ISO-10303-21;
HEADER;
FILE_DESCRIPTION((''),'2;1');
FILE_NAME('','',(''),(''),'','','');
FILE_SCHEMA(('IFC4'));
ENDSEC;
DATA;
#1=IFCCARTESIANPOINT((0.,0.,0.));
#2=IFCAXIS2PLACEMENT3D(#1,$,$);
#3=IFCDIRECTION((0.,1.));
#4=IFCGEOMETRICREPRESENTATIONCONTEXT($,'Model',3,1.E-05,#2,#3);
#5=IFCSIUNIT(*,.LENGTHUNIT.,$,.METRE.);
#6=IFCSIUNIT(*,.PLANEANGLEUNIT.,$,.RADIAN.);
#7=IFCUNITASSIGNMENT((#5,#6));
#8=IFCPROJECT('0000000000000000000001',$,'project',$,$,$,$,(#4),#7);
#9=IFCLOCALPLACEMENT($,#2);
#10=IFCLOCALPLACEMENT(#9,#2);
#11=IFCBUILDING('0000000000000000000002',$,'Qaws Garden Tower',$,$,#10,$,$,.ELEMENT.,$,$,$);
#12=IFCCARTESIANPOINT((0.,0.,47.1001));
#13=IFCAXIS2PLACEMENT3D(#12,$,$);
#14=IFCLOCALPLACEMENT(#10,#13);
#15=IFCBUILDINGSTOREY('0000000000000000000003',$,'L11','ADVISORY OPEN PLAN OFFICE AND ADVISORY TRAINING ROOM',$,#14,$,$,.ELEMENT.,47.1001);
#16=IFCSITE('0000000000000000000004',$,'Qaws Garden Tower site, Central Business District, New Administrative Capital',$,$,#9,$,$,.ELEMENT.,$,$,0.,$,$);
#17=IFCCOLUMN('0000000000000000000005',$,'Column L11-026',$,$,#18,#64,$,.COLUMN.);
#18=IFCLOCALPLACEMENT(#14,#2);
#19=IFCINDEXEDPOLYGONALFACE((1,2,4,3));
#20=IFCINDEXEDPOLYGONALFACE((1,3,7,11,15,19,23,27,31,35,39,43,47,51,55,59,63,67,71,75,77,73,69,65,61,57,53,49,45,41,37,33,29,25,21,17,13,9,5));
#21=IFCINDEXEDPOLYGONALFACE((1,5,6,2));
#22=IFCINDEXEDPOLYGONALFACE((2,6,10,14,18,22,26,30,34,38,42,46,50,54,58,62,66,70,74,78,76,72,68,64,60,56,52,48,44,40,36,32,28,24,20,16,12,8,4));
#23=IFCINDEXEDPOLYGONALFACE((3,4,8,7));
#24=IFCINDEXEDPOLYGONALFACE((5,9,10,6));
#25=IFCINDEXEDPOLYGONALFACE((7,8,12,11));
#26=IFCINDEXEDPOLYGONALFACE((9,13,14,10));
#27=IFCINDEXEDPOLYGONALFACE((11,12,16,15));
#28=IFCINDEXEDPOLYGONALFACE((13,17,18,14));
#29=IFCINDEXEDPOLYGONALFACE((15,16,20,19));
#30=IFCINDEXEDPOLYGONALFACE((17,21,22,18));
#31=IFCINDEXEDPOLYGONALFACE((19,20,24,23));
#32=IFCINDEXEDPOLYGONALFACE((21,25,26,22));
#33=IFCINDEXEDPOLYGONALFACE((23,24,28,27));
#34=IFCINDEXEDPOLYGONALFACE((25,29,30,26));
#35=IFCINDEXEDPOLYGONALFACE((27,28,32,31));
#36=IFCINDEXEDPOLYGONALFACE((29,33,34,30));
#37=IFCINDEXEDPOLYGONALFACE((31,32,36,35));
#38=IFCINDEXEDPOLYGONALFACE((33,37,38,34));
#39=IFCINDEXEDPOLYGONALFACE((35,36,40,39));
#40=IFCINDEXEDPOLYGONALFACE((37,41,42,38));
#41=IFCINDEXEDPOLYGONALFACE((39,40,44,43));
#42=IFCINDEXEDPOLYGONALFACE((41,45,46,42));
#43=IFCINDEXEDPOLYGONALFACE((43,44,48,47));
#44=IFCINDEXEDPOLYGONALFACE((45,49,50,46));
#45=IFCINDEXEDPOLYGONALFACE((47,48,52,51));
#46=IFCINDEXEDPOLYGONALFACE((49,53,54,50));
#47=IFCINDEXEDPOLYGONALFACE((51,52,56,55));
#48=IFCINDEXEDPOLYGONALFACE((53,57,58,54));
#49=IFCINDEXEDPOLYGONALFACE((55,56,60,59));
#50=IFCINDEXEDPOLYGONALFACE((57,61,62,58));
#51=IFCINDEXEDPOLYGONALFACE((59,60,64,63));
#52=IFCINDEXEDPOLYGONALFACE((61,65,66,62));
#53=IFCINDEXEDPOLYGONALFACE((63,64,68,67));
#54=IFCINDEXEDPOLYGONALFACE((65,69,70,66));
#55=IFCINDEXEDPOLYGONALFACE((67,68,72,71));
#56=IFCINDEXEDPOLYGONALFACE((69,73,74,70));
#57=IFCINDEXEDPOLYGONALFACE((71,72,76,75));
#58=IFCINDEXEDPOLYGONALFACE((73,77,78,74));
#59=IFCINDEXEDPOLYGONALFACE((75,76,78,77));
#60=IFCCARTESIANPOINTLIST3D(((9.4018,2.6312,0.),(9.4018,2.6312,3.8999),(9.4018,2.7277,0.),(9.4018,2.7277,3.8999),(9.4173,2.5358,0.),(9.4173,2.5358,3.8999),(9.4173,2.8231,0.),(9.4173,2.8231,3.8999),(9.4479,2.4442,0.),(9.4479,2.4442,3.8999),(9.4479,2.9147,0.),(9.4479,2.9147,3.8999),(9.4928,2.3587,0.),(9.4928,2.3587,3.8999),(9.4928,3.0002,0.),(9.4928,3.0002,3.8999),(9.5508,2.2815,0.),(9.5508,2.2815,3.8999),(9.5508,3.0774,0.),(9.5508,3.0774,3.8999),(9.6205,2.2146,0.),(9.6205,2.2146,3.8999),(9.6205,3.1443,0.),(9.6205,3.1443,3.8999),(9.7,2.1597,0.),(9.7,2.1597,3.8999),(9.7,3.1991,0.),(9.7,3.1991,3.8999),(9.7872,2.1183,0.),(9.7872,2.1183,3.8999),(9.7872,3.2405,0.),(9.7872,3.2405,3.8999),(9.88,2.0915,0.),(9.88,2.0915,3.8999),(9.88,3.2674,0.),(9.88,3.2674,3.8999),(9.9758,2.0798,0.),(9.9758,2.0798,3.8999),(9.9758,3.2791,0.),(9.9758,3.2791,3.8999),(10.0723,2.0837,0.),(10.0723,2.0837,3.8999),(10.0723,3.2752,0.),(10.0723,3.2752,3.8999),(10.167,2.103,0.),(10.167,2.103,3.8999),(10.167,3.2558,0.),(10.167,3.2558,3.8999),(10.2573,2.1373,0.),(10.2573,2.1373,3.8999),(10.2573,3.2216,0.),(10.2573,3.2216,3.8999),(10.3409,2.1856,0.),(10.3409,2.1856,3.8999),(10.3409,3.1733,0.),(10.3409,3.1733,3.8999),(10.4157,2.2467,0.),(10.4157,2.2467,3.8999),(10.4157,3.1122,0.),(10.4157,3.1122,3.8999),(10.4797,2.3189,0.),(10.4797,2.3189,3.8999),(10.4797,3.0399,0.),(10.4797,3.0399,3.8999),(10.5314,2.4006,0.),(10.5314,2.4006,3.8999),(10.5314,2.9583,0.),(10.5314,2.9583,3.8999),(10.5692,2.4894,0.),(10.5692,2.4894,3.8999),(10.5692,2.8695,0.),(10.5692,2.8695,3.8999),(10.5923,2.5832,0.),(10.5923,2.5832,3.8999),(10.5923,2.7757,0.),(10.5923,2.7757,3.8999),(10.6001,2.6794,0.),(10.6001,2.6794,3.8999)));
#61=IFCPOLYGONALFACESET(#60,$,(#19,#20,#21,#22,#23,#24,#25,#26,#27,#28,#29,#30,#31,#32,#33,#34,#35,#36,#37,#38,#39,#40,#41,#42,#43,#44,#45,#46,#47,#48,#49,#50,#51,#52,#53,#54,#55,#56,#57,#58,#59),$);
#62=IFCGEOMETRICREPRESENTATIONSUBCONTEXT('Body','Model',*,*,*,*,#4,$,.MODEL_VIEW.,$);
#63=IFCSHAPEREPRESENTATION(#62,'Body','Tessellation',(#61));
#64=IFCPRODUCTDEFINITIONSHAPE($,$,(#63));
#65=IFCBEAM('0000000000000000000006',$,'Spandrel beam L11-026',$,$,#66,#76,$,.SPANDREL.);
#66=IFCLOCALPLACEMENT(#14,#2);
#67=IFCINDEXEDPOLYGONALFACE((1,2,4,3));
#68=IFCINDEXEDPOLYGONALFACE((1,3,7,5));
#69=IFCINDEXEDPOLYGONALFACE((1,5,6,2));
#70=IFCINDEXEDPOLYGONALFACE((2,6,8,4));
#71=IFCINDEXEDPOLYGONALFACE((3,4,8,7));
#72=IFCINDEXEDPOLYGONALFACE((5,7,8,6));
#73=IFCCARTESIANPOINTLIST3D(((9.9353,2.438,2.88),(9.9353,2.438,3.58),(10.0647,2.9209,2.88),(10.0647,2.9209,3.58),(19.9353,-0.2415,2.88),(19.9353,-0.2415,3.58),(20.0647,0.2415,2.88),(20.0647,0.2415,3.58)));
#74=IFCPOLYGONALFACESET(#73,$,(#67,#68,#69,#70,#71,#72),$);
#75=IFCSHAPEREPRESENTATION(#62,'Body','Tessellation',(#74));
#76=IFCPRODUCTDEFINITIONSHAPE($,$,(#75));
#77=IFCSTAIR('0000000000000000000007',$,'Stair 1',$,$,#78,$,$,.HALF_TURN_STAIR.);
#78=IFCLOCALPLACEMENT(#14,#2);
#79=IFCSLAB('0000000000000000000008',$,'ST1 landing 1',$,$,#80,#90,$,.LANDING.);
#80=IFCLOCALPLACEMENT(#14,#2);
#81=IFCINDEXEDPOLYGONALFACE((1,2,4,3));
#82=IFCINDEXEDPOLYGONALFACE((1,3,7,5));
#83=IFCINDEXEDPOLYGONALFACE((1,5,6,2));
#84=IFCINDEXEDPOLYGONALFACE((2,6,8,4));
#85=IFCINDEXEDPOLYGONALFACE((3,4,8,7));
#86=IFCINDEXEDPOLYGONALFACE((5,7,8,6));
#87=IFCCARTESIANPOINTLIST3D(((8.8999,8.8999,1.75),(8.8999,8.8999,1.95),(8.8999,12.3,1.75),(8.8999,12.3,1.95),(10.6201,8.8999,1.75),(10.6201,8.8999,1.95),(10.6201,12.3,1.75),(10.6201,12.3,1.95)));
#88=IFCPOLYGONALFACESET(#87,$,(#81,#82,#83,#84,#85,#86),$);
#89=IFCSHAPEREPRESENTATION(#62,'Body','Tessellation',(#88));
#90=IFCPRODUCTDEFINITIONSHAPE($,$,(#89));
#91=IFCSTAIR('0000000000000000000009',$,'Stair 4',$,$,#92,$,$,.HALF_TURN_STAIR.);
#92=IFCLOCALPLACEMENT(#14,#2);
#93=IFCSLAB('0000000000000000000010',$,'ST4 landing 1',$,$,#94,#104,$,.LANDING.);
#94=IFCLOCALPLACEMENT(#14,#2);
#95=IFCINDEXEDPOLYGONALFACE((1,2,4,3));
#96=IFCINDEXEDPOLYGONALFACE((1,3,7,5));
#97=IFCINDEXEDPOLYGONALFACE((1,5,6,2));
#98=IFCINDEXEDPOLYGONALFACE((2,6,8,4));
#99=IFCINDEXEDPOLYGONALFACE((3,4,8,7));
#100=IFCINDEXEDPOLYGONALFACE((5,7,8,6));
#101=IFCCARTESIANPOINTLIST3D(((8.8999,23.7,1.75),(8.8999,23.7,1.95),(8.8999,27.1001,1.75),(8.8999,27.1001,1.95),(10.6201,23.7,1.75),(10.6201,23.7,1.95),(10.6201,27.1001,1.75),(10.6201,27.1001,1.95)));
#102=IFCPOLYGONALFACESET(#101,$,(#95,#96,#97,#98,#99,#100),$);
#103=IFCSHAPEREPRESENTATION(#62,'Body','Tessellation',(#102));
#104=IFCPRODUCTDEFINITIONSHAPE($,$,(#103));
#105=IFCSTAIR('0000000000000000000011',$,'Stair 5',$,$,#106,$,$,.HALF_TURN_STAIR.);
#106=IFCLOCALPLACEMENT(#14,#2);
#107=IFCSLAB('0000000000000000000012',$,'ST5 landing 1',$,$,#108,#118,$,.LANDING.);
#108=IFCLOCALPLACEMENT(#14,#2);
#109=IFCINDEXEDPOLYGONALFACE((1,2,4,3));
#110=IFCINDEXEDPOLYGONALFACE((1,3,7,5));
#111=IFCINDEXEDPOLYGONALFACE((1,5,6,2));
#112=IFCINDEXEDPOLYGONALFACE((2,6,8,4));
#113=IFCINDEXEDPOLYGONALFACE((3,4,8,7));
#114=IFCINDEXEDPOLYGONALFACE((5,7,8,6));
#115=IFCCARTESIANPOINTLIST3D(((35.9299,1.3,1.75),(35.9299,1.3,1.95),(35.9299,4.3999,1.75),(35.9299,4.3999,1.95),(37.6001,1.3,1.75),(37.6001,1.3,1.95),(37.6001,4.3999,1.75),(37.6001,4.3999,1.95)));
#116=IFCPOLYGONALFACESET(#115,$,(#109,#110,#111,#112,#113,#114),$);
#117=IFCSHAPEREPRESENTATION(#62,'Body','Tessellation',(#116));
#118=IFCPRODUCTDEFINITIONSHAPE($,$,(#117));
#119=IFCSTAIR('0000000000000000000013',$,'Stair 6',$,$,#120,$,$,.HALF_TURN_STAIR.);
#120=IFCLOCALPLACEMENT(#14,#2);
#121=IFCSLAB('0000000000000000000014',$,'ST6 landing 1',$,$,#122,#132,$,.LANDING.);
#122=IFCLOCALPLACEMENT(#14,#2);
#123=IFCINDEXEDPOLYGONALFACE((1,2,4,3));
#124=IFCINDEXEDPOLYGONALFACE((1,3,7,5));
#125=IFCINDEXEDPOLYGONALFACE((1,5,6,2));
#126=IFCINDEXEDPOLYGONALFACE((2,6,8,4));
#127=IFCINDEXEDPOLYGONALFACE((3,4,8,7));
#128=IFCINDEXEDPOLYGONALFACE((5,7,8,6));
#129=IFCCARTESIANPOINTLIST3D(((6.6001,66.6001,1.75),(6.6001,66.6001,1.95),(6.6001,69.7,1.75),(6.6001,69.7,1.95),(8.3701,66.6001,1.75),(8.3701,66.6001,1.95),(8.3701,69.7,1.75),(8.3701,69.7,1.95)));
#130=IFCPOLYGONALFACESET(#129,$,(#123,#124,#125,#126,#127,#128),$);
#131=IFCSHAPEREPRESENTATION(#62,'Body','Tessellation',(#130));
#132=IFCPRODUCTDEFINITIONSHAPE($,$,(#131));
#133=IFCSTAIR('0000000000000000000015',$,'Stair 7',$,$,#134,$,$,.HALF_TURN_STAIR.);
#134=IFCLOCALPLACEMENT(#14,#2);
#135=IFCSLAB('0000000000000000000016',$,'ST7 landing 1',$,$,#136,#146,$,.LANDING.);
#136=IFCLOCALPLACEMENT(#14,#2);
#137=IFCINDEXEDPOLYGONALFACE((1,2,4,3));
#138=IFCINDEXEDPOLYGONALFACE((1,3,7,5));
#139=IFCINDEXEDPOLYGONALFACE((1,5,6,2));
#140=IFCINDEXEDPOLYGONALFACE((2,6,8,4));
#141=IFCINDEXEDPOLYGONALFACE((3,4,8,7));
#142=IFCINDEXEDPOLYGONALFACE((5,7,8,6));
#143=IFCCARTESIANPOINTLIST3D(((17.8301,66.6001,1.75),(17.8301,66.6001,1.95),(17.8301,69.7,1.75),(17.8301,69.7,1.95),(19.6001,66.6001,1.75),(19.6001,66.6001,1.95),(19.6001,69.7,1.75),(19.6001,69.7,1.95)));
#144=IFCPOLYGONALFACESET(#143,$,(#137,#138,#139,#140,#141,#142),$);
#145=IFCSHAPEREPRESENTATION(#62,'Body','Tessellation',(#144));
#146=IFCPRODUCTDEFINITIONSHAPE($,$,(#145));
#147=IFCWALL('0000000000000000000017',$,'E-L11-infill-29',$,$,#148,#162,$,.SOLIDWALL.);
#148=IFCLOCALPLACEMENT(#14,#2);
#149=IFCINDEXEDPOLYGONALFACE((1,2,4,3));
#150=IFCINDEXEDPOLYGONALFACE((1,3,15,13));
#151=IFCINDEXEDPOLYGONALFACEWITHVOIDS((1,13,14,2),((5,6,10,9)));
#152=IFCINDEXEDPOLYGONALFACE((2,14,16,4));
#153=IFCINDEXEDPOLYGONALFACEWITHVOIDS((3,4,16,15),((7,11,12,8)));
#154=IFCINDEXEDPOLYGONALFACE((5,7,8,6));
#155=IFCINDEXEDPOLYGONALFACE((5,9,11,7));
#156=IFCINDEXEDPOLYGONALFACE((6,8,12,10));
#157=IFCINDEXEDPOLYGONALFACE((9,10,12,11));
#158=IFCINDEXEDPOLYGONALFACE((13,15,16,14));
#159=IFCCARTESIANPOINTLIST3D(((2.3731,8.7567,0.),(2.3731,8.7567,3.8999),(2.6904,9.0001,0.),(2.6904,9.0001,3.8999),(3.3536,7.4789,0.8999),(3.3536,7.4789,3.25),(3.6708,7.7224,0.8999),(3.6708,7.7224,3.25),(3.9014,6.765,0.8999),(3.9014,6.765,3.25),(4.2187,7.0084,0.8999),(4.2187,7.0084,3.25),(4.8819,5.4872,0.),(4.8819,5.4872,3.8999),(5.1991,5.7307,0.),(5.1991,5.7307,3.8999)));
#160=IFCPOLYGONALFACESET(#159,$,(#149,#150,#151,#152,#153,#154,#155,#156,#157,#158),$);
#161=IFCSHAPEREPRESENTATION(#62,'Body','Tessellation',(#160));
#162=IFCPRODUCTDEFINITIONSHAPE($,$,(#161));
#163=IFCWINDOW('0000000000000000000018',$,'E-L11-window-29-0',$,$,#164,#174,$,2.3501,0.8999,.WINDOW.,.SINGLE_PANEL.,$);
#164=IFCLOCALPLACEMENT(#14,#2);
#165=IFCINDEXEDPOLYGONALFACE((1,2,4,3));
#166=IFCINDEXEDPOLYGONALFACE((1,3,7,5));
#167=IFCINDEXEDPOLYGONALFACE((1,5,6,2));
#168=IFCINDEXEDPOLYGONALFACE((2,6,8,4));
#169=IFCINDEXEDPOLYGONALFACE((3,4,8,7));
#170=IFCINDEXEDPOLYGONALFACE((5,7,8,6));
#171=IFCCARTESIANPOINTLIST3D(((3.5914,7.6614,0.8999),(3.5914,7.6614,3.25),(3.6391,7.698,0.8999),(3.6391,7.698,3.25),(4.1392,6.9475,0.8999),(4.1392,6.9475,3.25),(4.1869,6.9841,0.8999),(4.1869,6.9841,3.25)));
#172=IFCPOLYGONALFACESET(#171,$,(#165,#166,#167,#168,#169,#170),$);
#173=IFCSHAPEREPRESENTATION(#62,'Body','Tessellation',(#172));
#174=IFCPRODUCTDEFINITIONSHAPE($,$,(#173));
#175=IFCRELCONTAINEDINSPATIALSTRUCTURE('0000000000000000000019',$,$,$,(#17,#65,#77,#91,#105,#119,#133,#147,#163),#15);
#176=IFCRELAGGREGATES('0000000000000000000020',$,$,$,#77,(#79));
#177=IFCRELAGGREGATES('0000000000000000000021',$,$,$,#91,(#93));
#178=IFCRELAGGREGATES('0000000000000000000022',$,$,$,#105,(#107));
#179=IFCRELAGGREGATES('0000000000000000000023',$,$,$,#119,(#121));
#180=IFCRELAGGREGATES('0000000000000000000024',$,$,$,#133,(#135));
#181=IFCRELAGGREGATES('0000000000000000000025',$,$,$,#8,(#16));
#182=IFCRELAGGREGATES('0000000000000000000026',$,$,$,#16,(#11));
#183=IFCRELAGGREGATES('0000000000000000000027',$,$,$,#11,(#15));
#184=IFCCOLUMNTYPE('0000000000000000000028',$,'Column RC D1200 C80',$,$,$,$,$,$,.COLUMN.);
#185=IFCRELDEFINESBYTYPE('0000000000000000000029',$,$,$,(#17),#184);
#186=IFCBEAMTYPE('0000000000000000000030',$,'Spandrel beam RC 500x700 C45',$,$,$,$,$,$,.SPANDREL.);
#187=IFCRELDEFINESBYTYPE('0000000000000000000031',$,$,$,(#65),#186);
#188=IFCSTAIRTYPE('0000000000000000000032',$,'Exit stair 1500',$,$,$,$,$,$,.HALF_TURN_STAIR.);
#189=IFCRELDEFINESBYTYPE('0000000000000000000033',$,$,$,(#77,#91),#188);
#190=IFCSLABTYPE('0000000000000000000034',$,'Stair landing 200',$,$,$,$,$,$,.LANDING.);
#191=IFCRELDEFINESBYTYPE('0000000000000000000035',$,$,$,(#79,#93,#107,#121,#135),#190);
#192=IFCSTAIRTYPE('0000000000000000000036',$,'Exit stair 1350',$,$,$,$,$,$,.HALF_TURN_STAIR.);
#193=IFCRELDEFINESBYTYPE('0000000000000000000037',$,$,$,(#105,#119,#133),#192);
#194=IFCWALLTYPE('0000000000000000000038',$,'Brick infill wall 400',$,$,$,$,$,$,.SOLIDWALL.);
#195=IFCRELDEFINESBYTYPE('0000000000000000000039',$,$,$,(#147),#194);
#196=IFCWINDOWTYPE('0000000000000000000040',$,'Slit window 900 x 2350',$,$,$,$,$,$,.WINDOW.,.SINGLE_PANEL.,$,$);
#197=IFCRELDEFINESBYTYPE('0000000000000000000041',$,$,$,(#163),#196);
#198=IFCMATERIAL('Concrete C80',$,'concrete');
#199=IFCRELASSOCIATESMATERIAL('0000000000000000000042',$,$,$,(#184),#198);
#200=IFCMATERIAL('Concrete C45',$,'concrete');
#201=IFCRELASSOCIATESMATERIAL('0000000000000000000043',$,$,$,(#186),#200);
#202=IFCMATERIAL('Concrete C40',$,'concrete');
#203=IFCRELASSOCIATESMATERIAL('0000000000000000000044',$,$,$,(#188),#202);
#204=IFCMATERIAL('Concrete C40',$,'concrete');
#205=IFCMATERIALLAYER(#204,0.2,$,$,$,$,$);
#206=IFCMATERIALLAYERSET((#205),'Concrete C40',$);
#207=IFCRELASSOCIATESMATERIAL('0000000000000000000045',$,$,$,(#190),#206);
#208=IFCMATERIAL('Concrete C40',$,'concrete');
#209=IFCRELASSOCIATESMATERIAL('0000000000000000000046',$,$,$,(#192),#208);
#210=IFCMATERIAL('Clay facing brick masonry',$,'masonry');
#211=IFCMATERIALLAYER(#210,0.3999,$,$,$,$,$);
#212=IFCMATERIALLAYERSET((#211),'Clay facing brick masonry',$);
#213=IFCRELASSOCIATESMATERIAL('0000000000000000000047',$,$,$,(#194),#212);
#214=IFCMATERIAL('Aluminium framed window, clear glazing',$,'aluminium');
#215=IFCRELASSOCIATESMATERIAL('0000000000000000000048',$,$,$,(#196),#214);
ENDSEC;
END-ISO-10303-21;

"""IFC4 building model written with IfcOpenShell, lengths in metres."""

from ifc_helpers import new_model, si_unit, direction, frame, frame_2d, origin, origin_2d, place, context, subcontext, project, spatial, polyline, rectangle, circle, outline, extrude, material, layer, layer_set, material_profile, profile_set, type_object, element, fill, aggregate, save


model = new_model("IFC4")

# Units and contexts
model_context = context("Model", 3, precision=1e-05, world=origin(), true_north=direction((0.0, 1.0)))
body_context = subcontext(model_context, "Body", "Model", "MODEL_VIEW")
ifc_project = project(units=[si_unit("LENGTHUNIT", "METRE"), si_unit("PLANEANGLEUNIT", "RADIAN")], contexts=[model_context])

# Site, building, storey
site_placement = place(None, origin())
site = spatial("IfcSite", under=ifc_project, at=site_placement, Name="Qaws Garden Tower site, Central Business District, New Administrative Capital", CompositionType="ELEMENT", RefElevation=0.0)
building_placement = place(site_placement, origin())
building = spatial("IfcBuilding", under=site, at=building_placement, Name="Qaws Garden Tower", CompositionType="ELEMENT")
storey_placement = place(building_placement, frame((0.0, 0.0, 47.1001)))
storey = spatial("IfcBuildingStorey", under=building, at=storey_placement, Name="L11", Description="ADVISORY OPEN PLAN OFFICE AND ADVISORY TRAINING ROOM", CompositionType="ELEMENT", Elevation=47.1001)

# Column
ifc_material_1 = material(Name="Concrete C80", Category="concrete")
ifc_material_profile_1 = material_profile(ifc_material_1, circle(Radius=0.6001, at=origin_2d()), Name="RC D1200")
ifc_profile_set_1 = profile_set([ifc_material_profile_1], Name="Concrete C80")
column_type = type_object("IfcColumnType", Name="Column RC D1200 C80", PredefinedType="COLUMN", material=ifc_profile_set_1)
column_placement = place(storey_placement, frame((10.0, 2.6794, 0.0), z_axis=(0.0, 0.0, 1.0), x_axis=(1.0, 0.0, 0.0)))
element("IfcColumn", 1, at=column_placement, inside=storey, type_object=column_type, Name="Column L11-026", PredefinedType="COLUMN", context=body_context, shape_type="SweptSolid", body=[
    extrude(circle(Radius=0.6001, at=origin_2d()), origin(), (0.0, 0.0, 1.0), 3.8999),
])

# Beam
ifc_material_2 = material(Name="Concrete C45", Category="concrete")
ifc_material_profile_2 = material_profile(ifc_material_2, rectangle(XDim=0.5, YDim=0.7, at=origin_2d()), Name="RC 500x700")
ifc_profile_set_2 = profile_set([ifc_material_profile_2], Name="Concrete C45")
beam_type = type_object("IfcBeamType", Name="Spandrel beam RC 500x700 C45", PredefinedType="SPANDREL", material=ifc_profile_set_2)
beam_placement = place(storey_placement, frame((10.0, 2.6794, 3.23), z_axis=(0.965927, -0.258815, 0.0), x_axis=(0.258815, 0.965927, 0.0)))
element("IfcBeam", 2, at=beam_placement, inside=storey, type_object=beam_type, Name="Spandrel beam L11-026", PredefinedType="SPANDREL", context=body_context, shape_type="SweptSolid", body=[
    extrude(rectangle(XDim=0.5, YDim=0.7, at=origin_2d()), origin(), (0.0, 0.0, 1.0), 10.3528),
])

# Stairs, slabs
ifc_material_3 = material(Name="Concrete C40", Category="concrete")
stair_type_1 = type_object("IfcStairType", Name="Exit stair 1500", PredefinedType="HALF_TURN_STAIR", material=ifc_material_3)
placement_1 = place(storey_placement, origin())
stair_1 = element("IfcStair", 3, at=placement_1, inside=storey, type_object=stair_type_1, Name="Stair 1", PredefinedType="HALF_TURN_STAIR")
ifc_material_4 = material(Name="Concrete C40", Category="concrete")
ifc_layer_1 = layer(ifc_material_4, 0.2)
ifc_layer_set_1 = layer_set([ifc_layer_1], Name="Concrete C40")
slab_type = type_object("IfcSlabType", Name="Stair landing 200", PredefinedType="LANDING", material=ifc_layer_set_1)
placement_2 = place(storey_placement, frame((0.0, 0.0, 1.75)))
slab_1 = element("IfcSlab", 4, at=placement_2, type_object=slab_type, Name="ST1 landing 1", PredefinedType="LANDING", context=body_context, shape_type="SweptSolid", body=[
    extrude(outline(polyline([(8.8999, 8.8999), (10.6201, 8.8999), (10.6201, 12.3), (8.8999, 12.3), (8.8999, 8.8999)])), origin(), (0.0, 0.0, 1.0), 0.2),
])
aggregate(stair_1, [slab_1])
stair_2 = element("IfcStair", 5, at=placement_1, inside=storey, type_object=stair_type_1, Name="Stair 4", PredefinedType="HALF_TURN_STAIR")
slab_2 = element("IfcSlab", 6, at=placement_2, type_object=slab_type, Name="ST4 landing 1", PredefinedType="LANDING", context=body_context, shape_type="SweptSolid", body=[
    extrude(outline(polyline([(8.8999, 23.7), (10.6201, 23.7), (10.6201, 27.1001), (8.8999, 27.1001), (8.8999, 23.7)])), origin(), (0.0, 0.0, 1.0), 0.2),
])
aggregate(stair_2, [slab_2])
ifc_material_5 = material(Name="Concrete C40", Category="concrete")
stair_type_2 = type_object("IfcStairType", Name="Exit stair 1350", PredefinedType="HALF_TURN_STAIR", material=ifc_material_5)
stair_3 = element("IfcStair", 7, at=placement_1, inside=storey, type_object=stair_type_2, Name="Stair 5", PredefinedType="HALF_TURN_STAIR")
slab_3 = element("IfcSlab", 8, at=placement_2, type_object=slab_type, Name="ST5 landing 1", PredefinedType="LANDING", context=body_context, shape_type="SweptSolid", body=[
    extrude(outline(polyline([(35.9299, 1.3), (37.6001, 1.3), (37.6001, 4.3999), (35.9299, 4.3999), (35.9299, 1.3)])), origin(), (0.0, 0.0, 1.0), 0.2),
])
aggregate(stair_3, [slab_3])
stair_4 = element("IfcStair", 9, at=placement_1, inside=storey, type_object=stair_type_2, Name="Stair 6", PredefinedType="HALF_TURN_STAIR")
slab_4 = element("IfcSlab", 10, at=placement_2, type_object=slab_type, Name="ST6 landing 1", PredefinedType="LANDING", context=body_context, shape_type="SweptSolid", body=[
    extrude(outline(polyline([(6.6001, 66.6001), (8.3701, 66.6001), (8.3701, 69.7), (6.6001, 69.7), (6.6001, 66.6001)])), origin(), (0.0, 0.0, 1.0), 0.2),
])
aggregate(stair_4, [slab_4])
stair_5 = element("IfcStair", 11, at=placement_1, inside=storey, type_object=stair_type_2, Name="Stair 7", PredefinedType="HALF_TURN_STAIR")
slab_5 = element("IfcSlab", 12, at=placement_2, type_object=slab_type, Name="ST7 landing 1", PredefinedType="LANDING", context=body_context, shape_type="SweptSolid", body=[
    extrude(outline(polyline([(17.8301, 66.6001), (19.6001, 66.6001), (19.6001, 69.7), (17.8301, 69.7), (17.8301, 66.6001)])), origin(), (0.0, 0.0, 1.0), 0.2),
])
aggregate(stair_5, [slab_5])

# Wall, opening, window
ifc_material_6 = material(Name="Clay facing brick masonry", Category="masonry")
ifc_layer_2 = layer(ifc_material_6, 0.3999)
ifc_layer_set_2 = layer_set([ifc_layer_2], Name="Clay facing brick masonry")
wall_type_1 = type_object("IfcWallType", Name="Brick infill wall 400", PredefinedType="SOLIDWALL", material=ifc_layer_set_2)
wall_1_placement = place(storey_placement, frame((2.5317, 8.8784, 0.0), z_axis=(0.0, 0.0, 1.0), x_axis=(0.60876, -0.793355, 0.0)))
wall_1 = element("IfcWall", 13, at=wall_1_placement, inside=storey, type_object=wall_type_1, Name="E-L11-infill-29", PredefinedType="SOLIDWALL", context=body_context, shape_type="SweptSolid", body=[
    extrude(rectangle(XDim=4.1211, YDim=0.3999, at=frame_2d((2.0605, 0.0))), origin(), (0.0, 0.0, 1.0), 3.8999),
])
opening_1_placement = place(wall_1_placement, frame((1.6106, 0.0, 0.8999)))
opening_1 = element("IfcOpeningElement", 14, at=opening_1_placement, cuts=wall_1, PredefinedType="OPENING", context=body_context, shape_type="SweptSolid", body=[
    extrude(rectangle(XDim=0.8999, YDim=2.3501, at=frame_2d((0.45, 1.175))), frame((0.0, 0.21, 0.0), z_axis=(0.0, -1.0, 0.0), x_axis=(1.0, 0.0, 0.0)), (0.0, 0.0, 1.0), 0.4199),
])
ifc_material_7 = material(Name="Aluminium framed window, clear glazing", Category="aluminium")
window_type = type_object("IfcWindowType", Name="Slit window 900 x 2350", PartitioningType="SINGLE_PANEL", PredefinedType="WINDOW", material=ifc_material_7)
window_1_placement = place(opening_1_placement, origin())
window_1 = element("IfcWindow", 15, at=window_1_placement, inside=storey, type_object=window_type, Name="E-L11-window-29-0", OverallHeight=2.3501, OverallWidth=0.8999, PartitioningType="SINGLE_PANEL", PredefinedType="WINDOW", context=body_context, shape_type="SweptSolid", body=[
    extrude(rectangle(XDim=0.8999, YDim=2.3501, at=frame_2d((0.45, 1.175))), frame((0.0, 0.1599, 0.0), z_axis=(0.0, -1.0, 0.0), x_axis=(1.0, 0.0, 0.0)), (0.0, 0.0, 1.0), 0.0601),
])
fill(opening_1, window_1)

save(model, "model.ifc")
